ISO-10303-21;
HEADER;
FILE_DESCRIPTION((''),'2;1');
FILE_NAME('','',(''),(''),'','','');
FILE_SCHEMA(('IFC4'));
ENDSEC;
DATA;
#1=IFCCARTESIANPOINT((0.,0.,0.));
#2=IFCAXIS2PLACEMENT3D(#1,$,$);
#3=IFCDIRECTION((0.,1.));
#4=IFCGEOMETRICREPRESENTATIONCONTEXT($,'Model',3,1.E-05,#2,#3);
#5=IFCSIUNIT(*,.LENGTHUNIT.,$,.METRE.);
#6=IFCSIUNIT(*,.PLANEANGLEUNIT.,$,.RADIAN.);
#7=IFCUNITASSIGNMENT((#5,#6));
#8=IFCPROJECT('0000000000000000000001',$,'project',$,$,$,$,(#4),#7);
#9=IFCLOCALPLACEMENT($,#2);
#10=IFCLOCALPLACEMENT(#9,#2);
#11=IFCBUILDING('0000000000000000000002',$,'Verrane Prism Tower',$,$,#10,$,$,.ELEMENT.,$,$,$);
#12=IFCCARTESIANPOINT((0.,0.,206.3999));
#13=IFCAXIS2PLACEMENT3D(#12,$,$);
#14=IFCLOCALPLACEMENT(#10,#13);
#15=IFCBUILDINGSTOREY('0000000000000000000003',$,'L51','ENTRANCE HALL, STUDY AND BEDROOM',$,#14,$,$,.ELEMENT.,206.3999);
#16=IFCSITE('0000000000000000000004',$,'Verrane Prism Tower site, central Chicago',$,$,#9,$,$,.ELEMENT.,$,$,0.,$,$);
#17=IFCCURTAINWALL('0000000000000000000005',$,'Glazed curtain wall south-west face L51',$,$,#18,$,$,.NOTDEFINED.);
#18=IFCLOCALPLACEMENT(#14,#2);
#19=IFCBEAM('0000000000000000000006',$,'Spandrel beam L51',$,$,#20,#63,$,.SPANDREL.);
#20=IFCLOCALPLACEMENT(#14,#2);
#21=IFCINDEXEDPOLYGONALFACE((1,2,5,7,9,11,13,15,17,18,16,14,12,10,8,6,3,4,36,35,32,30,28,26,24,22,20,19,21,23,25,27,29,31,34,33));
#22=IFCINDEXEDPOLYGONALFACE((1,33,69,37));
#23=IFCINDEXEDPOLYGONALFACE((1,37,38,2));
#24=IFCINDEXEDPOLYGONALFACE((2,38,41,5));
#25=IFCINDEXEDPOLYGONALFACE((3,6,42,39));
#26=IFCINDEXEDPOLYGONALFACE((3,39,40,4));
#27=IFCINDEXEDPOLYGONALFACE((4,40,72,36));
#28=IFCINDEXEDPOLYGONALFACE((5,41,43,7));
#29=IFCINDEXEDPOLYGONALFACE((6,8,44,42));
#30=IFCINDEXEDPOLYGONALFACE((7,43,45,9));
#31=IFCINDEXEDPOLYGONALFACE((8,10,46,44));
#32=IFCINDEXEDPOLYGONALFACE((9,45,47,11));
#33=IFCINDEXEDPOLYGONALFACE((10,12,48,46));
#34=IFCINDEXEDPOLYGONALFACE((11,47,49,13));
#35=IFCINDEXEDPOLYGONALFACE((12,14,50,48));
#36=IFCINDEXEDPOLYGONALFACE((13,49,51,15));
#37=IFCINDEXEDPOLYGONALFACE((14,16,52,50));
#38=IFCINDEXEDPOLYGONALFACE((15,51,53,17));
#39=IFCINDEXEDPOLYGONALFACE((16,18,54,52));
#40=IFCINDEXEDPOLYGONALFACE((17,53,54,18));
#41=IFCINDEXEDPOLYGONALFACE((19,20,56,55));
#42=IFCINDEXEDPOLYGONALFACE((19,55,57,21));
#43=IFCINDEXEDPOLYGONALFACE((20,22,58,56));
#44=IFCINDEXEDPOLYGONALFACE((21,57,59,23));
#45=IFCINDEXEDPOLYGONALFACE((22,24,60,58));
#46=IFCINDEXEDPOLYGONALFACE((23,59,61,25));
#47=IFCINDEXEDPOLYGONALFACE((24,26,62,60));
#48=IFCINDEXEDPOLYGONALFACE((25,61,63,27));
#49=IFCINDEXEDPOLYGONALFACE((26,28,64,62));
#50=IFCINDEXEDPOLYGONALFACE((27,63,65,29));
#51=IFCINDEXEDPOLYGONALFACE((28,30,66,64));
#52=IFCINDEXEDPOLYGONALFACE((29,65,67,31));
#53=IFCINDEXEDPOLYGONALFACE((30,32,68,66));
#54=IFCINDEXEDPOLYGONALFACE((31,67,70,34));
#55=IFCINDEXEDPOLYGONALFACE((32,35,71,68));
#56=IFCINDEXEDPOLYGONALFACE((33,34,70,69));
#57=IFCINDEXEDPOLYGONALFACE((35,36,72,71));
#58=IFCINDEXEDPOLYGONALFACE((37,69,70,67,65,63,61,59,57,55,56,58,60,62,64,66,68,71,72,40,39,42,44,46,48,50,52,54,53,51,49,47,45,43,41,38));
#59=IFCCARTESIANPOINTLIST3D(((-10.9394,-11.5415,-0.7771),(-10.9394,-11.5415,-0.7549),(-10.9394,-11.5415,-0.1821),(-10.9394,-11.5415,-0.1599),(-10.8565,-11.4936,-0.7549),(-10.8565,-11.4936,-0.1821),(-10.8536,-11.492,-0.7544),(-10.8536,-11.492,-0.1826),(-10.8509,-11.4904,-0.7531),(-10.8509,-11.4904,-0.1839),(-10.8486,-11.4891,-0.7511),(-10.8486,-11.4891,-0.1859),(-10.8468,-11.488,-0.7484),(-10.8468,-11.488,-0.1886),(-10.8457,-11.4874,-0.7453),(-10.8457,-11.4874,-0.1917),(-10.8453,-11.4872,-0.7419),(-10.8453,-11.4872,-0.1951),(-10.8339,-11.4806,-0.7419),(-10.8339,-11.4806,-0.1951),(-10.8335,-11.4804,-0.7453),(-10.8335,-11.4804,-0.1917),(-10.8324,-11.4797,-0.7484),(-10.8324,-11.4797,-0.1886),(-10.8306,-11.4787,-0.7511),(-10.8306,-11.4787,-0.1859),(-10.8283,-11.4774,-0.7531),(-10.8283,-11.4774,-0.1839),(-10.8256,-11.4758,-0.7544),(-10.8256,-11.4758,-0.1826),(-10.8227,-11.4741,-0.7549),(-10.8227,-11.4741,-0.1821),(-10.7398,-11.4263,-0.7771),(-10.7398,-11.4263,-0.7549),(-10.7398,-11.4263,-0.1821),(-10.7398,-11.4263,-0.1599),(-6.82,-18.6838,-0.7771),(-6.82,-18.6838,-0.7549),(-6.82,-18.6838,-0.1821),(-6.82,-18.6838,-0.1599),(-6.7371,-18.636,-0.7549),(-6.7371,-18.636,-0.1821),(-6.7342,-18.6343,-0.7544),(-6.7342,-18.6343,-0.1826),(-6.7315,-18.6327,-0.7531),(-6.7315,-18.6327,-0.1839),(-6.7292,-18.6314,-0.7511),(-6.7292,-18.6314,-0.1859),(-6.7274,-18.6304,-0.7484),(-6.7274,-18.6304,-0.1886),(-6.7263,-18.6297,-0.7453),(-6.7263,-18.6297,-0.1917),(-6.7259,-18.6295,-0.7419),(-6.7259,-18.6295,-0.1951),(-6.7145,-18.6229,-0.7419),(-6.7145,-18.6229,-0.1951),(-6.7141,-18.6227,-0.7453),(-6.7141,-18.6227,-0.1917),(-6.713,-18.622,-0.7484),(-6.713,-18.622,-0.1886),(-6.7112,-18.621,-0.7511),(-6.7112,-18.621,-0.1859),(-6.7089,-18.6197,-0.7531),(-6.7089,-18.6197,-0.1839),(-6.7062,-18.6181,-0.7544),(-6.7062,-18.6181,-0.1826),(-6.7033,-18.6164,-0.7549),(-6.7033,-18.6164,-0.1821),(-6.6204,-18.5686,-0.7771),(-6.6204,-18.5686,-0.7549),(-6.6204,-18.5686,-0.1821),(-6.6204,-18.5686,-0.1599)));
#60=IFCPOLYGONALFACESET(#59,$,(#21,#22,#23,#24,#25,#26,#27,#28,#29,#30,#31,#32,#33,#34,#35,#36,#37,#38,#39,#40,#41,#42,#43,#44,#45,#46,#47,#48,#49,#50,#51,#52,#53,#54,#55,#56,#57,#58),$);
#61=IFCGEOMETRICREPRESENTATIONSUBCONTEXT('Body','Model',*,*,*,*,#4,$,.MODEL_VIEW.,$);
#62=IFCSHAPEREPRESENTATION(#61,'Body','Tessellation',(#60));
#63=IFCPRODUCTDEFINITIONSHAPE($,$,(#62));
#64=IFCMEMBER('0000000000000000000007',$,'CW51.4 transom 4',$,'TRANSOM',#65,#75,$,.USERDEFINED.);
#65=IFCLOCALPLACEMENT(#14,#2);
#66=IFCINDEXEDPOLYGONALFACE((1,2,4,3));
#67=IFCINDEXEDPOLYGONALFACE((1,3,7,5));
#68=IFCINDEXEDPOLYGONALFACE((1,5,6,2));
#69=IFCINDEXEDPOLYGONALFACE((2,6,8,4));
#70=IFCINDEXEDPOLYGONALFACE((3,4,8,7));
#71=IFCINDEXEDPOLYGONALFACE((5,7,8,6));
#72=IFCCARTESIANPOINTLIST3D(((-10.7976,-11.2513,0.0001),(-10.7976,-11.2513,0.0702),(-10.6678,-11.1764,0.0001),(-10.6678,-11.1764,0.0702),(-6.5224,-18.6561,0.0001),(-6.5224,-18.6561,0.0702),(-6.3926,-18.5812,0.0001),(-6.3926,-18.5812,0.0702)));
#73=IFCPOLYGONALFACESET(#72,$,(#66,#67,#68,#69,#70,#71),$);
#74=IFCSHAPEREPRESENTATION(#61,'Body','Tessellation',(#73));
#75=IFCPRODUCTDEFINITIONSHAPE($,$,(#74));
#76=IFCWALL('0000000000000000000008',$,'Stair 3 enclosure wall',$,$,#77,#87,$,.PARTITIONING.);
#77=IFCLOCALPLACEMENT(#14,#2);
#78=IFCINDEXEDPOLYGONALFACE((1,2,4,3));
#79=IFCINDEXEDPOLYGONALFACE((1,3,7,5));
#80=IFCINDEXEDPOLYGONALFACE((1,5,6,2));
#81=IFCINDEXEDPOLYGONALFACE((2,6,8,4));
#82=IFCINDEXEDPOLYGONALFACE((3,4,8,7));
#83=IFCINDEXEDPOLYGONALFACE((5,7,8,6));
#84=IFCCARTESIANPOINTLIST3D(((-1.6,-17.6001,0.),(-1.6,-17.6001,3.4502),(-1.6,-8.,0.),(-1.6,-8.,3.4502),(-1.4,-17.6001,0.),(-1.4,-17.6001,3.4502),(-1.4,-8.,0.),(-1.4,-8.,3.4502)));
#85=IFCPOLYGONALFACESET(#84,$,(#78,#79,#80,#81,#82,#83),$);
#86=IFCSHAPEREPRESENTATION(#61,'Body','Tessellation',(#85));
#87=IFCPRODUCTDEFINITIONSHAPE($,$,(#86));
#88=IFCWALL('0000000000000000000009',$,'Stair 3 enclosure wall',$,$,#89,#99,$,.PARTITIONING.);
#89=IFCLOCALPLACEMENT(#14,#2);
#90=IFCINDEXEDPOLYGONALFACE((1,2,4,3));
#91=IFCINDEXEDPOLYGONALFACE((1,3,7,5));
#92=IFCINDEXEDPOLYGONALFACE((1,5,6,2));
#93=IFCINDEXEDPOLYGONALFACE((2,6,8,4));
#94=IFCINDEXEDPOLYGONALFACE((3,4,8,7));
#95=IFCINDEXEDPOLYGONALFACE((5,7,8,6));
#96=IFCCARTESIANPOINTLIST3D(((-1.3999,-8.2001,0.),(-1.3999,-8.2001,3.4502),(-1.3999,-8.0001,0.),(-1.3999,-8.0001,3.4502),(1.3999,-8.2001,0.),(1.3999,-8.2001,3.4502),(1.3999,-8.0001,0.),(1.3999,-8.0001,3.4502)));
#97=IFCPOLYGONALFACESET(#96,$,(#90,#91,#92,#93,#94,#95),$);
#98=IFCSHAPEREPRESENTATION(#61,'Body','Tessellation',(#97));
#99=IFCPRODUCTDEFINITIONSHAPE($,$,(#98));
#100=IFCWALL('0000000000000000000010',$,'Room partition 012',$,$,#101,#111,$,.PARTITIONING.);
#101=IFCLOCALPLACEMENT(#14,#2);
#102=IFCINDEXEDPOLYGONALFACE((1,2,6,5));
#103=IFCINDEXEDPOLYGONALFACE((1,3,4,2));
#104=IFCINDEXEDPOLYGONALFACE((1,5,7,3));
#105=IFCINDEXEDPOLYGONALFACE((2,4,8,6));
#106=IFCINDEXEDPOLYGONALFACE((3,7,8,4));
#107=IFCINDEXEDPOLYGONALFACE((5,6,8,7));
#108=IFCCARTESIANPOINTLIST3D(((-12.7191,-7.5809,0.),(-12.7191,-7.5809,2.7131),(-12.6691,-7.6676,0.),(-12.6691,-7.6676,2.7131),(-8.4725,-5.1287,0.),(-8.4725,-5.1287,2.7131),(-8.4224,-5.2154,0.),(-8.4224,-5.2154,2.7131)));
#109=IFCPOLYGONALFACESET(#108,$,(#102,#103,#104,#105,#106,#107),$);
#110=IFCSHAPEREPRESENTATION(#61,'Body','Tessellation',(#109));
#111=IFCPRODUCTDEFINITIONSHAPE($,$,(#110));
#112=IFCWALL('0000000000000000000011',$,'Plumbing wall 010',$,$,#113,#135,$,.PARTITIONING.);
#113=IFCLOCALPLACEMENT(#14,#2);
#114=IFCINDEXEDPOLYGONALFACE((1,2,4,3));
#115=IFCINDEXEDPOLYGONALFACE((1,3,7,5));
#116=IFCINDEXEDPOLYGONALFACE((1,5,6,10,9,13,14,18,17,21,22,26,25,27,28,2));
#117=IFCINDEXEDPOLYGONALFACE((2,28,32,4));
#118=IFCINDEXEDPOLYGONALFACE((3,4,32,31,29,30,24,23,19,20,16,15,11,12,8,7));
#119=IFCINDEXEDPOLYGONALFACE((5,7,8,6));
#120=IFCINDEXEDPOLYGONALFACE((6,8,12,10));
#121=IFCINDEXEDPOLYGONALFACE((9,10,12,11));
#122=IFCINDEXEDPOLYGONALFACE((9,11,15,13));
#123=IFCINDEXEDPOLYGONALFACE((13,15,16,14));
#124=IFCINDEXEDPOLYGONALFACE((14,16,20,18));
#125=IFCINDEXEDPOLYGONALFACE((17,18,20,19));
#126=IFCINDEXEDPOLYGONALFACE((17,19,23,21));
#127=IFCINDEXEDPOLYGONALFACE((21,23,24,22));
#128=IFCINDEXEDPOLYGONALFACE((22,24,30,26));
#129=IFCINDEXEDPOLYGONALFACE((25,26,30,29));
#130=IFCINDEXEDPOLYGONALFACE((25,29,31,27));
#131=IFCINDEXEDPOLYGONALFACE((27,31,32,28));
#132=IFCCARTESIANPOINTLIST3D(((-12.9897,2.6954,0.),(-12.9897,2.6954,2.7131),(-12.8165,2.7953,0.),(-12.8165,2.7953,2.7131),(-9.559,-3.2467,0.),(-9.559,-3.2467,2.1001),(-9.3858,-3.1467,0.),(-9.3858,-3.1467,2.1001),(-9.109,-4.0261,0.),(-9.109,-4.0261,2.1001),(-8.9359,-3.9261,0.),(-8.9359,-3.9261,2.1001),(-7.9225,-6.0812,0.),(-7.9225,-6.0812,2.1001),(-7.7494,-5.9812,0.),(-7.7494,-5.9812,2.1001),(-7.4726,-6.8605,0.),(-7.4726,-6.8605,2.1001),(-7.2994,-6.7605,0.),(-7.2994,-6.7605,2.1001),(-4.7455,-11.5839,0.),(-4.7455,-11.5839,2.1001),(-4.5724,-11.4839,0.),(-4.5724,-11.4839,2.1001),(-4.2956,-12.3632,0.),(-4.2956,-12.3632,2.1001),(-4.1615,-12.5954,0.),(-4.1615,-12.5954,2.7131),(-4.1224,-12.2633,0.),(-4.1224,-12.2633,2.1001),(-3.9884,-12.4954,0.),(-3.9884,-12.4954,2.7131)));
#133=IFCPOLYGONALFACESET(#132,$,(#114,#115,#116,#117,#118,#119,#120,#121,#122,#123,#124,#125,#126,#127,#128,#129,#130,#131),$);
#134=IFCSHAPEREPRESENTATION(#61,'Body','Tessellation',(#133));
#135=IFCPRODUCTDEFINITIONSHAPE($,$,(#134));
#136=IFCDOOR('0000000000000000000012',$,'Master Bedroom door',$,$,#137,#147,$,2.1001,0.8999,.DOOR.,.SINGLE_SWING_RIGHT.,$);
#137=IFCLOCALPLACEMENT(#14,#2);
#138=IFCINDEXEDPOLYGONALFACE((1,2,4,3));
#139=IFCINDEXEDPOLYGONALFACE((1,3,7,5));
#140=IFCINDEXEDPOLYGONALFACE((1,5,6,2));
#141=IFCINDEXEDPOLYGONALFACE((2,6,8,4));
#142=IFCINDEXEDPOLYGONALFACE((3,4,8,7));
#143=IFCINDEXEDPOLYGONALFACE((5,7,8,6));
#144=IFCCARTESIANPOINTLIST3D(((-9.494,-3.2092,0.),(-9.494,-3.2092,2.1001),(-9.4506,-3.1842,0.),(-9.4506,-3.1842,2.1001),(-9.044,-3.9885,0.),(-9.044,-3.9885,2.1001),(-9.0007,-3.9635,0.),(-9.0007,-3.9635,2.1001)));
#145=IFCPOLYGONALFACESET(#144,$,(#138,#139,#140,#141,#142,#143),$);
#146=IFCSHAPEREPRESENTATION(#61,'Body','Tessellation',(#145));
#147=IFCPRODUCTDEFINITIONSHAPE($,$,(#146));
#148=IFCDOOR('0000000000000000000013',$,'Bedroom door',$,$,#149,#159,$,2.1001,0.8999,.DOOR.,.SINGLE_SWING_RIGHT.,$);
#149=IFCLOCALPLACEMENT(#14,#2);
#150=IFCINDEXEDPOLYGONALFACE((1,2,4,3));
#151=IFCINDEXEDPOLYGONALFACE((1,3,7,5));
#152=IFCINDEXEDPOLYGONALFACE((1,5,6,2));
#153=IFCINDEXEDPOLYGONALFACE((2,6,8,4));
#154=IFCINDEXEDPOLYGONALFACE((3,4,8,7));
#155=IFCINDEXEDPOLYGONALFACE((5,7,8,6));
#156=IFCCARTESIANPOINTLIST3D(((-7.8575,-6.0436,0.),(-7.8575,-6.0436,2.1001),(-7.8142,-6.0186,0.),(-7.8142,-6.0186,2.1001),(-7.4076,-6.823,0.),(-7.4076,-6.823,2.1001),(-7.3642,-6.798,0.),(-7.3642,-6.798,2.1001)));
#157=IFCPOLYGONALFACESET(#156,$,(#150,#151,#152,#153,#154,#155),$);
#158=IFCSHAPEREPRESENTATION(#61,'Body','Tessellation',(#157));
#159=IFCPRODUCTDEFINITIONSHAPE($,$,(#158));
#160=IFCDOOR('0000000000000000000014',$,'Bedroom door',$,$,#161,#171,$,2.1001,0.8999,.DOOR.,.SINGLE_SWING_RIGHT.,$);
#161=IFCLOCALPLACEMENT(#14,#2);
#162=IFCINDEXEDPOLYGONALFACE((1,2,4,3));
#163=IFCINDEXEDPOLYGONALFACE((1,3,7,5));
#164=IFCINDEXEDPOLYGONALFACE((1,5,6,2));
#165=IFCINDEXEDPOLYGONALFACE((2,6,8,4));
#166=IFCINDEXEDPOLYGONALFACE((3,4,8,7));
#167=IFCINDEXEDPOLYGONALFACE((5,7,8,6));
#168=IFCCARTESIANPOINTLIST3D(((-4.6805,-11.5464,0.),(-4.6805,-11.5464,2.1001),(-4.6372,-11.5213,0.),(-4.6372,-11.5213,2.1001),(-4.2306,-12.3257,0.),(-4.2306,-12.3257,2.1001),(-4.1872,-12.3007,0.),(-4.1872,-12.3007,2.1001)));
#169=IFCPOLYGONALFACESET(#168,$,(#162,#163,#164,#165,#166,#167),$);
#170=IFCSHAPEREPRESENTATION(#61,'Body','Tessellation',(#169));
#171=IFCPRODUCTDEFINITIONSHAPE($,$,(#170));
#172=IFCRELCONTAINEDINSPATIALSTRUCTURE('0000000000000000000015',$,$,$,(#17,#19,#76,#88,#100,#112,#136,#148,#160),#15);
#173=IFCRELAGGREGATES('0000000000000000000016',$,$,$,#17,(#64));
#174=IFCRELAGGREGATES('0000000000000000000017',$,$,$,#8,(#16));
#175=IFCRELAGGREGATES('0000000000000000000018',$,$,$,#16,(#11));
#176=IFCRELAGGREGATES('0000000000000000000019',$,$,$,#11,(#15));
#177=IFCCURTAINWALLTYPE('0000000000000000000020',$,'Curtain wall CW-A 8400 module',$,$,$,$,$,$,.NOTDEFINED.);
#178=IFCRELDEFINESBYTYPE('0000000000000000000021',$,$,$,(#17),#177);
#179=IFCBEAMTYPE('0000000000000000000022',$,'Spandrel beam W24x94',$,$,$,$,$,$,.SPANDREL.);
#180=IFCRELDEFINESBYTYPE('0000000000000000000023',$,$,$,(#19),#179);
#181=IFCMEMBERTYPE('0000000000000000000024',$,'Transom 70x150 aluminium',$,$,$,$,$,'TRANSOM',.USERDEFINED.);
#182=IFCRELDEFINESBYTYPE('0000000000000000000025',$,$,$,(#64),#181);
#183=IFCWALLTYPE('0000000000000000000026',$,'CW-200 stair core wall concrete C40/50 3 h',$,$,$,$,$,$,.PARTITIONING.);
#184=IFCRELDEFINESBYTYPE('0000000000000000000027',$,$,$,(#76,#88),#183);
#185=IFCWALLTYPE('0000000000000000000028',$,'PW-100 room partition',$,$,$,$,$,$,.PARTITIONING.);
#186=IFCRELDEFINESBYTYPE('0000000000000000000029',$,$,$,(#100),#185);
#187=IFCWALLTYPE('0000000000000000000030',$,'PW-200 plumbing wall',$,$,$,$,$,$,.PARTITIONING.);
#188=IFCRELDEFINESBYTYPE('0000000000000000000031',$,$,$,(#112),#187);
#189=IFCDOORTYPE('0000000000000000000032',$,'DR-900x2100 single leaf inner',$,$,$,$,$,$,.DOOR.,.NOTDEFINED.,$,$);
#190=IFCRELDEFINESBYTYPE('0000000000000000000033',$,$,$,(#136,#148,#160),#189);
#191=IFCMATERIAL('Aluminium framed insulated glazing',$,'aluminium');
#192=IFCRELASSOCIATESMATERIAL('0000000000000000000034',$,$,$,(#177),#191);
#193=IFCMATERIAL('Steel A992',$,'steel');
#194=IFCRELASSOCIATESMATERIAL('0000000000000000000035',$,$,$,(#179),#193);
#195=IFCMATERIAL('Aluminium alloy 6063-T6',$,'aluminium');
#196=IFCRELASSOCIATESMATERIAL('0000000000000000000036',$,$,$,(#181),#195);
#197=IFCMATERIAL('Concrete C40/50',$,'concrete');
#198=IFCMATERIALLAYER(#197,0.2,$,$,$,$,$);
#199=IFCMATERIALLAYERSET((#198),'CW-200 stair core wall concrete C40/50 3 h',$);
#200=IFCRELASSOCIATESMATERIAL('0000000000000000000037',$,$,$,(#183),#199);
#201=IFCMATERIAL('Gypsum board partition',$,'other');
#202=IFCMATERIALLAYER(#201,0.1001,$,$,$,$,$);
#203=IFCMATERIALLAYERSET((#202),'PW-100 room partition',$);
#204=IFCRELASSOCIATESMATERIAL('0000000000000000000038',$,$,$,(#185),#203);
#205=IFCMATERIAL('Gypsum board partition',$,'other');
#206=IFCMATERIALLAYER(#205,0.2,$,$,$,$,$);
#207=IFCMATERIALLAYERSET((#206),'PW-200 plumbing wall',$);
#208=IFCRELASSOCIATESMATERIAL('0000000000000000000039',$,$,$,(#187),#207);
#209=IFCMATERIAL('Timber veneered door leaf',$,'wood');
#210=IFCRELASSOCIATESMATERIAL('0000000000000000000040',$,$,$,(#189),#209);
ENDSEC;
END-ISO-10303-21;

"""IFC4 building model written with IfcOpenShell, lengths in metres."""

from ifc_helpers import new_model, si_unit, direction, frame, frame_2d, origin, origin_2d, place, context, subcontext, project, spatial, rectangle, i_section, extrude, material, layer, layer_set, material_profile, profile_set, type_object, element, fill, aggregate, save


model = new_model("IFC4")

# Units and contexts
model_context = context("Model", 3, precision=1e-05, world=origin(), true_north=direction((0.0, 1.0)))
body_context = subcontext(model_context, "Body", "Model", "MODEL_VIEW")
ifc_project = project(units=[si_unit("LENGTHUNIT", "METRE"), si_unit("PLANEANGLEUNIT", "RADIAN")], contexts=[model_context])

# Site, building, storey
site_placement = place(None, origin())
site = spatial("IfcSite", under=ifc_project, at=site_placement, Name="Verrane Prism Tower site, central Chicago", CompositionType="ELEMENT", RefElevation=0.0)
building_placement = place(site_placement, origin())
building = spatial("IfcBuilding", under=site, at=building_placement, Name="Verrane Prism Tower", CompositionType="ELEMENT")
storey_placement = place(building_placement, frame((0.0, 0.0, 206.3999)))
storey = spatial("IfcBuildingStorey", under=building, at=storey_placement, Name="L51", Description="ENTRANCE HALL, STUDY AND BEDROOM", CompositionType="ELEMENT", Elevation=206.3999)

# Curtain wall
ifc_material_1 = material(Name="Aluminium framed insulated glazing", Category="aluminium")
curtain_wall_type = type_object("IfcCurtainWallType", Name="Curtain wall CW-A 8400 module", PredefinedType="NOTDEFINED", material=ifc_material_1)
curtain_wall_placement = place(storey_placement, origin())
curtain_wall = element("IfcCurtainWall", 1, at=curtain_wall_placement, inside=storey, type_object=curtain_wall_type, Name="Glazed curtain wall south-west face L51", PredefinedType="NOTDEFINED")

# Beam
ifc_material_2 = material(Name="Steel A992", Category="steel")
ifc_material_profile_1 = material_profile(ifc_material_2, i_section(OverallWidth=0.2305, OverallDepth=0.6172, WebThickness=0.0132, FlangeThickness=0.0222, FilletRadius=0.0129, at=origin_2d()), Name="W24x94")
ifc_profile_set_1 = profile_set([ifc_material_profile_1], Name="Steel A992")
beam_type_1 = type_object("IfcBeamType", Name="Spandrel beam W24x94", PredefinedType="SPANDREL", material=ifc_profile_set_1)
beam_1_placement = place(storey_placement, frame((-10.8396, -11.4839, -0.4685), z_axis=(0.499614, -0.866248, 0.0), x_axis=(0.866248, 0.499614, 0.0)))
element("IfcBeam", 2, at=beam_1_placement, inside=storey, type_object=beam_type_1, Name="Spandrel beam L51", PredefinedType="SPANDREL", context=body_context, shape_type="SweptSolid", body=[
    extrude(i_section(OverallWidth=0.2305, OverallDepth=0.6172, WebThickness=0.0132, FlangeThickness=0.0222, FilletRadius=0.0129, at=origin_2d()), origin(), (0.0, 0.0, 1.0), 8.2451),
])

# Member
ifc_material_3 = material(Name="Aluminium alloy 6063-T6", Category="aluminium")
ifc_material_profile_2 = material_profile(ifc_material_3, rectangle(XDim=0.1499, YDim=0.0701, at=origin_2d()), Name="Transom 70x150 aluminium")
ifc_profile_set_2 = profile_set([ifc_material_profile_2], Name="Aluminium alloy 6063-T6")
member_type_1 = type_object("IfcMemberType", Name="Transom 70x150 aluminium", ElementType="TRANSOM", PredefinedType="USERDEFINED", material=ifc_profile_set_2)
member_1_placement = place(storey_placement, frame((-10.7327, -11.2139, 0.0352), z_axis=(0.499999, -0.866026, 0.0), x_axis=(0.866026, 0.499999, 0.0)))
member_1 = element("IfcMember", 3, at=member_1_placement, type_object=member_type_1, Name="CW51.4 transom 4", ObjectType="TRANSOM", PredefinedType="USERDEFINED", context=body_context, shape_type="SweptSolid", body=[
    extrude(rectangle(XDim=0.1499, YDim=0.0701, at=origin_2d()), origin(), (0.0, 0.0, 1.0), 8.5503),
])
aggregate(curtain_wall, [member_1])

# Walls
ifc_material_4 = material(Name="Concrete C40/50", Category="concrete")
ifc_layer_1 = layer(ifc_material_4, 0.2)
ifc_layer_set_1 = layer_set([ifc_layer_1], Name="CW-200 stair core wall concrete C40/50 3 h")
wall_type_1 = type_object("IfcWallType", Name="CW-200 stair core wall concrete C40/50 3 h", PredefinedType="PARTITIONING", material=ifc_layer_set_1)
wall_1_placement = place(storey_placement, frame((-1.5, -8.0, 0.0), z_axis=(0.0, 0.0, 1.0), x_axis=(0.0, -1.0, 0.0)))
element("IfcWall", 4, at=wall_1_placement, inside=storey, type_object=wall_type_1, Name="Stair 3 enclosure wall", PredefinedType="PARTITIONING", context=body_context, shape_type="SweptSolid", body=[
    extrude(rectangle(XDim=9.6001, YDim=0.2, at=frame_2d((4.8, 0.0))), origin(), (0.0, 0.0, 1.0), 3.4502),
])
wall_2_placement = place(storey_placement, frame((-1.3999, -8.1001, 0.0), z_axis=(0.0, 0.0, 1.0), x_axis=(1.0, 0.0, 0.0)))
element("IfcWall", 5, at=wall_2_placement, inside=storey, type_object=wall_type_1, Name="Stair 3 enclosure wall", PredefinedType="PARTITIONING", context=body_context, shape_type="SweptSolid", body=[
    extrude(rectangle(XDim=2.7998, YDim=0.2, at=frame_2d((1.3999, 0.0))), origin(), (0.0, 0.0, 1.0), 3.4502),
])
ifc_material_5 = material(Name="Gypsum board partition", Category="other")
ifc_layer_2 = layer(ifc_material_5, 0.1001)
ifc_layer_set_2 = layer_set([ifc_layer_2], Name="PW-100 room partition")
wall_type_2 = type_object("IfcWallType", Name="PW-100 room partition", PredefinedType="PARTITIONING", material=ifc_layer_set_2)
wall_3_placement = place(storey_placement, frame((-12.6941, -7.6243, 0.0), z_axis=(0.0, 0.0, 1.0), x_axis=(0.865992, 0.500059, 0.0)))
element("IfcWall", 6, at=wall_3_placement, inside=storey, type_object=wall_type_2, Name="Room partition 012", PredefinedType="PARTITIONING", context=body_context, shape_type="SweptSolid", body=[
    extrude(rectangle(XDim=4.9038, YDim=0.1001, at=frame_2d((2.4519, 0.0))), origin(), (0.0, 0.0, 1.0), 2.7131),
])

# Wall, openings, doors
ifc_material_6 = material(Name="Gypsum board partition", Category="other")
ifc_layer_3 = layer(ifc_material_6, 0.2)
ifc_layer_set_3 = layer_set([ifc_layer_3], Name="PW-200 plumbing wall")
wall_type_3 = type_object("IfcWallType", Name="PW-200 plumbing wall", PredefinedType="PARTITIONING", material=ifc_layer_set_3)
wall_4_placement = place(storey_placement, frame((-4.075, -12.5454, 0.0), z_axis=(0.0, 0.0, 1.0), x_axis=(-0.5, 0.866026, 0.0)))
wall_4 = element("IfcWall", 7, at=wall_4_placement, inside=storey, type_object=wall_type_3, Name="Plumbing wall 010", PredefinedType="PARTITIONING", context=body_context, shape_type="SweptSolid", body=[
    extrude(rectangle(XDim=17.6562, YDim=0.2, at=frame_2d((8.8281, 0.0))), origin(), (0.0, 0.0, 1.0), 2.7131),
])
opening_1_placement = place(wall_4_placement, frame((9.895, 0.0, 0.0)))
opening_1 = element("IfcOpeningElement", 8, at=opening_1_placement, cuts=wall_4, PredefinedType="OPENING", context=body_context, shape_type="SweptSolid", body=[
    extrude(rectangle(XDim=0.8999, YDim=2.1001, at=frame_2d((0.45, 1.05))), frame((0.0, 0.1099, 0.0), z_axis=(0.0, -1.0, 0.0), x_axis=(1.0, 0.0, 0.0)), (0.0, 0.0, 1.0), 0.22),
])
opening_2_placement = place(wall_4_placement, frame((6.6221, 0.0, 0.0)))
opening_2 = element("IfcOpeningElement", 9, at=opening_2_placement, cuts=wall_4, PredefinedType="OPENING", context=body_context, shape_type="SweptSolid", body=[
    extrude(rectangle(XDim=0.8999, YDim=2.1001, at=frame_2d((0.45, 1.05))), frame((0.0, 0.1099, 0.0), z_axis=(0.0, -1.0, 0.0), x_axis=(1.0, 0.0, 0.0)), (0.0, 0.0, 1.0), 0.22),
])
opening_3_placement = place(wall_4_placement, frame((0.2681, 0.0, 0.0)))
opening_3 = element("IfcOpeningElement", 10, at=opening_3_placement, cuts=wall_4, PredefinedType="OPENING", context=body_context, shape_type="SweptSolid", body=[
    extrude(rectangle(XDim=0.8999, YDim=2.1001, at=frame_2d((0.45, 1.05))), frame((0.0, 0.1099, 0.0), z_axis=(0.0, -1.0, 0.0), x_axis=(1.0, 0.0, 0.0)), (0.0, 0.0, 1.0), 0.22),
])
ifc_material_7 = material(Name="Timber veneered door leaf", Category="wood")
door_type_1 = type_object("IfcDoorType", Name="DR-900x2100 single leaf inner", OperationType="NOTDEFINED", PredefinedType="DOOR", material=ifc_material_7)
door_1_placement = place(opening_1_placement, origin())
door_1 = element("IfcDoor", 11, at=door_1_placement, inside=storey, type_object=door_type_1, Name="Master Bedroom door", OperationType="SINGLE_SWING_RIGHT", OverallHeight=2.1001, OverallWidth=0.8999, PredefinedType="DOOR", context=body_context, shape_type="SweptSolid", body=[
    extrude(rectangle(XDim=0.8999, YDim=2.1001, at=frame_2d((0.45, 1.05))), frame((0.0, 0.0249, 0.0), z_axis=(0.0, -1.0, 0.0), x_axis=(1.0, 0.0, 0.0)), (0.0, 0.0, 1.0), 0.05),
])
fill(opening_1, door_1)
door_2_placement = place(opening_2_placement, origin())
door_2 = element("IfcDoor", 12, at=door_2_placement, inside=storey, type_object=door_type_1, Name="Bedroom door", OperationType="SINGLE_SWING_RIGHT", OverallHeight=2.1001, OverallWidth=0.8999, PredefinedType="DOOR", context=body_context, shape_type="SweptSolid", body=[
    extrude(rectangle(XDim=0.8999, YDim=2.1001, at=frame_2d((0.45, 1.05))), frame((0.0, 0.0249, 0.0), z_axis=(0.0, -1.0, 0.0), x_axis=(1.0, 0.0, 0.0)), (0.0, 0.0, 1.0), 0.05),
])
fill(opening_2, door_2)
door_3_placement = place(opening_3_placement, origin())
door_3 = element("IfcDoor", 13, at=door_3_placement, inside=storey, type_object=door_type_1, Name="Bedroom door", OperationType="SINGLE_SWING_RIGHT", OverallHeight=2.1001, OverallWidth=0.8999, PredefinedType="DOOR", context=body_context, shape_type="SweptSolid", body=[
    extrude(rectangle(XDim=0.8999, YDim=2.1001, at=frame_2d((0.45, 1.05))), frame((0.0, 0.0249, 0.0), z_axis=(0.0, -1.0, 0.0), x_axis=(1.0, 0.0, 0.0)), (0.0, 0.0, 1.0), 0.05),
])
fill(opening_3, door_3)

save(model, "model.ifc")
